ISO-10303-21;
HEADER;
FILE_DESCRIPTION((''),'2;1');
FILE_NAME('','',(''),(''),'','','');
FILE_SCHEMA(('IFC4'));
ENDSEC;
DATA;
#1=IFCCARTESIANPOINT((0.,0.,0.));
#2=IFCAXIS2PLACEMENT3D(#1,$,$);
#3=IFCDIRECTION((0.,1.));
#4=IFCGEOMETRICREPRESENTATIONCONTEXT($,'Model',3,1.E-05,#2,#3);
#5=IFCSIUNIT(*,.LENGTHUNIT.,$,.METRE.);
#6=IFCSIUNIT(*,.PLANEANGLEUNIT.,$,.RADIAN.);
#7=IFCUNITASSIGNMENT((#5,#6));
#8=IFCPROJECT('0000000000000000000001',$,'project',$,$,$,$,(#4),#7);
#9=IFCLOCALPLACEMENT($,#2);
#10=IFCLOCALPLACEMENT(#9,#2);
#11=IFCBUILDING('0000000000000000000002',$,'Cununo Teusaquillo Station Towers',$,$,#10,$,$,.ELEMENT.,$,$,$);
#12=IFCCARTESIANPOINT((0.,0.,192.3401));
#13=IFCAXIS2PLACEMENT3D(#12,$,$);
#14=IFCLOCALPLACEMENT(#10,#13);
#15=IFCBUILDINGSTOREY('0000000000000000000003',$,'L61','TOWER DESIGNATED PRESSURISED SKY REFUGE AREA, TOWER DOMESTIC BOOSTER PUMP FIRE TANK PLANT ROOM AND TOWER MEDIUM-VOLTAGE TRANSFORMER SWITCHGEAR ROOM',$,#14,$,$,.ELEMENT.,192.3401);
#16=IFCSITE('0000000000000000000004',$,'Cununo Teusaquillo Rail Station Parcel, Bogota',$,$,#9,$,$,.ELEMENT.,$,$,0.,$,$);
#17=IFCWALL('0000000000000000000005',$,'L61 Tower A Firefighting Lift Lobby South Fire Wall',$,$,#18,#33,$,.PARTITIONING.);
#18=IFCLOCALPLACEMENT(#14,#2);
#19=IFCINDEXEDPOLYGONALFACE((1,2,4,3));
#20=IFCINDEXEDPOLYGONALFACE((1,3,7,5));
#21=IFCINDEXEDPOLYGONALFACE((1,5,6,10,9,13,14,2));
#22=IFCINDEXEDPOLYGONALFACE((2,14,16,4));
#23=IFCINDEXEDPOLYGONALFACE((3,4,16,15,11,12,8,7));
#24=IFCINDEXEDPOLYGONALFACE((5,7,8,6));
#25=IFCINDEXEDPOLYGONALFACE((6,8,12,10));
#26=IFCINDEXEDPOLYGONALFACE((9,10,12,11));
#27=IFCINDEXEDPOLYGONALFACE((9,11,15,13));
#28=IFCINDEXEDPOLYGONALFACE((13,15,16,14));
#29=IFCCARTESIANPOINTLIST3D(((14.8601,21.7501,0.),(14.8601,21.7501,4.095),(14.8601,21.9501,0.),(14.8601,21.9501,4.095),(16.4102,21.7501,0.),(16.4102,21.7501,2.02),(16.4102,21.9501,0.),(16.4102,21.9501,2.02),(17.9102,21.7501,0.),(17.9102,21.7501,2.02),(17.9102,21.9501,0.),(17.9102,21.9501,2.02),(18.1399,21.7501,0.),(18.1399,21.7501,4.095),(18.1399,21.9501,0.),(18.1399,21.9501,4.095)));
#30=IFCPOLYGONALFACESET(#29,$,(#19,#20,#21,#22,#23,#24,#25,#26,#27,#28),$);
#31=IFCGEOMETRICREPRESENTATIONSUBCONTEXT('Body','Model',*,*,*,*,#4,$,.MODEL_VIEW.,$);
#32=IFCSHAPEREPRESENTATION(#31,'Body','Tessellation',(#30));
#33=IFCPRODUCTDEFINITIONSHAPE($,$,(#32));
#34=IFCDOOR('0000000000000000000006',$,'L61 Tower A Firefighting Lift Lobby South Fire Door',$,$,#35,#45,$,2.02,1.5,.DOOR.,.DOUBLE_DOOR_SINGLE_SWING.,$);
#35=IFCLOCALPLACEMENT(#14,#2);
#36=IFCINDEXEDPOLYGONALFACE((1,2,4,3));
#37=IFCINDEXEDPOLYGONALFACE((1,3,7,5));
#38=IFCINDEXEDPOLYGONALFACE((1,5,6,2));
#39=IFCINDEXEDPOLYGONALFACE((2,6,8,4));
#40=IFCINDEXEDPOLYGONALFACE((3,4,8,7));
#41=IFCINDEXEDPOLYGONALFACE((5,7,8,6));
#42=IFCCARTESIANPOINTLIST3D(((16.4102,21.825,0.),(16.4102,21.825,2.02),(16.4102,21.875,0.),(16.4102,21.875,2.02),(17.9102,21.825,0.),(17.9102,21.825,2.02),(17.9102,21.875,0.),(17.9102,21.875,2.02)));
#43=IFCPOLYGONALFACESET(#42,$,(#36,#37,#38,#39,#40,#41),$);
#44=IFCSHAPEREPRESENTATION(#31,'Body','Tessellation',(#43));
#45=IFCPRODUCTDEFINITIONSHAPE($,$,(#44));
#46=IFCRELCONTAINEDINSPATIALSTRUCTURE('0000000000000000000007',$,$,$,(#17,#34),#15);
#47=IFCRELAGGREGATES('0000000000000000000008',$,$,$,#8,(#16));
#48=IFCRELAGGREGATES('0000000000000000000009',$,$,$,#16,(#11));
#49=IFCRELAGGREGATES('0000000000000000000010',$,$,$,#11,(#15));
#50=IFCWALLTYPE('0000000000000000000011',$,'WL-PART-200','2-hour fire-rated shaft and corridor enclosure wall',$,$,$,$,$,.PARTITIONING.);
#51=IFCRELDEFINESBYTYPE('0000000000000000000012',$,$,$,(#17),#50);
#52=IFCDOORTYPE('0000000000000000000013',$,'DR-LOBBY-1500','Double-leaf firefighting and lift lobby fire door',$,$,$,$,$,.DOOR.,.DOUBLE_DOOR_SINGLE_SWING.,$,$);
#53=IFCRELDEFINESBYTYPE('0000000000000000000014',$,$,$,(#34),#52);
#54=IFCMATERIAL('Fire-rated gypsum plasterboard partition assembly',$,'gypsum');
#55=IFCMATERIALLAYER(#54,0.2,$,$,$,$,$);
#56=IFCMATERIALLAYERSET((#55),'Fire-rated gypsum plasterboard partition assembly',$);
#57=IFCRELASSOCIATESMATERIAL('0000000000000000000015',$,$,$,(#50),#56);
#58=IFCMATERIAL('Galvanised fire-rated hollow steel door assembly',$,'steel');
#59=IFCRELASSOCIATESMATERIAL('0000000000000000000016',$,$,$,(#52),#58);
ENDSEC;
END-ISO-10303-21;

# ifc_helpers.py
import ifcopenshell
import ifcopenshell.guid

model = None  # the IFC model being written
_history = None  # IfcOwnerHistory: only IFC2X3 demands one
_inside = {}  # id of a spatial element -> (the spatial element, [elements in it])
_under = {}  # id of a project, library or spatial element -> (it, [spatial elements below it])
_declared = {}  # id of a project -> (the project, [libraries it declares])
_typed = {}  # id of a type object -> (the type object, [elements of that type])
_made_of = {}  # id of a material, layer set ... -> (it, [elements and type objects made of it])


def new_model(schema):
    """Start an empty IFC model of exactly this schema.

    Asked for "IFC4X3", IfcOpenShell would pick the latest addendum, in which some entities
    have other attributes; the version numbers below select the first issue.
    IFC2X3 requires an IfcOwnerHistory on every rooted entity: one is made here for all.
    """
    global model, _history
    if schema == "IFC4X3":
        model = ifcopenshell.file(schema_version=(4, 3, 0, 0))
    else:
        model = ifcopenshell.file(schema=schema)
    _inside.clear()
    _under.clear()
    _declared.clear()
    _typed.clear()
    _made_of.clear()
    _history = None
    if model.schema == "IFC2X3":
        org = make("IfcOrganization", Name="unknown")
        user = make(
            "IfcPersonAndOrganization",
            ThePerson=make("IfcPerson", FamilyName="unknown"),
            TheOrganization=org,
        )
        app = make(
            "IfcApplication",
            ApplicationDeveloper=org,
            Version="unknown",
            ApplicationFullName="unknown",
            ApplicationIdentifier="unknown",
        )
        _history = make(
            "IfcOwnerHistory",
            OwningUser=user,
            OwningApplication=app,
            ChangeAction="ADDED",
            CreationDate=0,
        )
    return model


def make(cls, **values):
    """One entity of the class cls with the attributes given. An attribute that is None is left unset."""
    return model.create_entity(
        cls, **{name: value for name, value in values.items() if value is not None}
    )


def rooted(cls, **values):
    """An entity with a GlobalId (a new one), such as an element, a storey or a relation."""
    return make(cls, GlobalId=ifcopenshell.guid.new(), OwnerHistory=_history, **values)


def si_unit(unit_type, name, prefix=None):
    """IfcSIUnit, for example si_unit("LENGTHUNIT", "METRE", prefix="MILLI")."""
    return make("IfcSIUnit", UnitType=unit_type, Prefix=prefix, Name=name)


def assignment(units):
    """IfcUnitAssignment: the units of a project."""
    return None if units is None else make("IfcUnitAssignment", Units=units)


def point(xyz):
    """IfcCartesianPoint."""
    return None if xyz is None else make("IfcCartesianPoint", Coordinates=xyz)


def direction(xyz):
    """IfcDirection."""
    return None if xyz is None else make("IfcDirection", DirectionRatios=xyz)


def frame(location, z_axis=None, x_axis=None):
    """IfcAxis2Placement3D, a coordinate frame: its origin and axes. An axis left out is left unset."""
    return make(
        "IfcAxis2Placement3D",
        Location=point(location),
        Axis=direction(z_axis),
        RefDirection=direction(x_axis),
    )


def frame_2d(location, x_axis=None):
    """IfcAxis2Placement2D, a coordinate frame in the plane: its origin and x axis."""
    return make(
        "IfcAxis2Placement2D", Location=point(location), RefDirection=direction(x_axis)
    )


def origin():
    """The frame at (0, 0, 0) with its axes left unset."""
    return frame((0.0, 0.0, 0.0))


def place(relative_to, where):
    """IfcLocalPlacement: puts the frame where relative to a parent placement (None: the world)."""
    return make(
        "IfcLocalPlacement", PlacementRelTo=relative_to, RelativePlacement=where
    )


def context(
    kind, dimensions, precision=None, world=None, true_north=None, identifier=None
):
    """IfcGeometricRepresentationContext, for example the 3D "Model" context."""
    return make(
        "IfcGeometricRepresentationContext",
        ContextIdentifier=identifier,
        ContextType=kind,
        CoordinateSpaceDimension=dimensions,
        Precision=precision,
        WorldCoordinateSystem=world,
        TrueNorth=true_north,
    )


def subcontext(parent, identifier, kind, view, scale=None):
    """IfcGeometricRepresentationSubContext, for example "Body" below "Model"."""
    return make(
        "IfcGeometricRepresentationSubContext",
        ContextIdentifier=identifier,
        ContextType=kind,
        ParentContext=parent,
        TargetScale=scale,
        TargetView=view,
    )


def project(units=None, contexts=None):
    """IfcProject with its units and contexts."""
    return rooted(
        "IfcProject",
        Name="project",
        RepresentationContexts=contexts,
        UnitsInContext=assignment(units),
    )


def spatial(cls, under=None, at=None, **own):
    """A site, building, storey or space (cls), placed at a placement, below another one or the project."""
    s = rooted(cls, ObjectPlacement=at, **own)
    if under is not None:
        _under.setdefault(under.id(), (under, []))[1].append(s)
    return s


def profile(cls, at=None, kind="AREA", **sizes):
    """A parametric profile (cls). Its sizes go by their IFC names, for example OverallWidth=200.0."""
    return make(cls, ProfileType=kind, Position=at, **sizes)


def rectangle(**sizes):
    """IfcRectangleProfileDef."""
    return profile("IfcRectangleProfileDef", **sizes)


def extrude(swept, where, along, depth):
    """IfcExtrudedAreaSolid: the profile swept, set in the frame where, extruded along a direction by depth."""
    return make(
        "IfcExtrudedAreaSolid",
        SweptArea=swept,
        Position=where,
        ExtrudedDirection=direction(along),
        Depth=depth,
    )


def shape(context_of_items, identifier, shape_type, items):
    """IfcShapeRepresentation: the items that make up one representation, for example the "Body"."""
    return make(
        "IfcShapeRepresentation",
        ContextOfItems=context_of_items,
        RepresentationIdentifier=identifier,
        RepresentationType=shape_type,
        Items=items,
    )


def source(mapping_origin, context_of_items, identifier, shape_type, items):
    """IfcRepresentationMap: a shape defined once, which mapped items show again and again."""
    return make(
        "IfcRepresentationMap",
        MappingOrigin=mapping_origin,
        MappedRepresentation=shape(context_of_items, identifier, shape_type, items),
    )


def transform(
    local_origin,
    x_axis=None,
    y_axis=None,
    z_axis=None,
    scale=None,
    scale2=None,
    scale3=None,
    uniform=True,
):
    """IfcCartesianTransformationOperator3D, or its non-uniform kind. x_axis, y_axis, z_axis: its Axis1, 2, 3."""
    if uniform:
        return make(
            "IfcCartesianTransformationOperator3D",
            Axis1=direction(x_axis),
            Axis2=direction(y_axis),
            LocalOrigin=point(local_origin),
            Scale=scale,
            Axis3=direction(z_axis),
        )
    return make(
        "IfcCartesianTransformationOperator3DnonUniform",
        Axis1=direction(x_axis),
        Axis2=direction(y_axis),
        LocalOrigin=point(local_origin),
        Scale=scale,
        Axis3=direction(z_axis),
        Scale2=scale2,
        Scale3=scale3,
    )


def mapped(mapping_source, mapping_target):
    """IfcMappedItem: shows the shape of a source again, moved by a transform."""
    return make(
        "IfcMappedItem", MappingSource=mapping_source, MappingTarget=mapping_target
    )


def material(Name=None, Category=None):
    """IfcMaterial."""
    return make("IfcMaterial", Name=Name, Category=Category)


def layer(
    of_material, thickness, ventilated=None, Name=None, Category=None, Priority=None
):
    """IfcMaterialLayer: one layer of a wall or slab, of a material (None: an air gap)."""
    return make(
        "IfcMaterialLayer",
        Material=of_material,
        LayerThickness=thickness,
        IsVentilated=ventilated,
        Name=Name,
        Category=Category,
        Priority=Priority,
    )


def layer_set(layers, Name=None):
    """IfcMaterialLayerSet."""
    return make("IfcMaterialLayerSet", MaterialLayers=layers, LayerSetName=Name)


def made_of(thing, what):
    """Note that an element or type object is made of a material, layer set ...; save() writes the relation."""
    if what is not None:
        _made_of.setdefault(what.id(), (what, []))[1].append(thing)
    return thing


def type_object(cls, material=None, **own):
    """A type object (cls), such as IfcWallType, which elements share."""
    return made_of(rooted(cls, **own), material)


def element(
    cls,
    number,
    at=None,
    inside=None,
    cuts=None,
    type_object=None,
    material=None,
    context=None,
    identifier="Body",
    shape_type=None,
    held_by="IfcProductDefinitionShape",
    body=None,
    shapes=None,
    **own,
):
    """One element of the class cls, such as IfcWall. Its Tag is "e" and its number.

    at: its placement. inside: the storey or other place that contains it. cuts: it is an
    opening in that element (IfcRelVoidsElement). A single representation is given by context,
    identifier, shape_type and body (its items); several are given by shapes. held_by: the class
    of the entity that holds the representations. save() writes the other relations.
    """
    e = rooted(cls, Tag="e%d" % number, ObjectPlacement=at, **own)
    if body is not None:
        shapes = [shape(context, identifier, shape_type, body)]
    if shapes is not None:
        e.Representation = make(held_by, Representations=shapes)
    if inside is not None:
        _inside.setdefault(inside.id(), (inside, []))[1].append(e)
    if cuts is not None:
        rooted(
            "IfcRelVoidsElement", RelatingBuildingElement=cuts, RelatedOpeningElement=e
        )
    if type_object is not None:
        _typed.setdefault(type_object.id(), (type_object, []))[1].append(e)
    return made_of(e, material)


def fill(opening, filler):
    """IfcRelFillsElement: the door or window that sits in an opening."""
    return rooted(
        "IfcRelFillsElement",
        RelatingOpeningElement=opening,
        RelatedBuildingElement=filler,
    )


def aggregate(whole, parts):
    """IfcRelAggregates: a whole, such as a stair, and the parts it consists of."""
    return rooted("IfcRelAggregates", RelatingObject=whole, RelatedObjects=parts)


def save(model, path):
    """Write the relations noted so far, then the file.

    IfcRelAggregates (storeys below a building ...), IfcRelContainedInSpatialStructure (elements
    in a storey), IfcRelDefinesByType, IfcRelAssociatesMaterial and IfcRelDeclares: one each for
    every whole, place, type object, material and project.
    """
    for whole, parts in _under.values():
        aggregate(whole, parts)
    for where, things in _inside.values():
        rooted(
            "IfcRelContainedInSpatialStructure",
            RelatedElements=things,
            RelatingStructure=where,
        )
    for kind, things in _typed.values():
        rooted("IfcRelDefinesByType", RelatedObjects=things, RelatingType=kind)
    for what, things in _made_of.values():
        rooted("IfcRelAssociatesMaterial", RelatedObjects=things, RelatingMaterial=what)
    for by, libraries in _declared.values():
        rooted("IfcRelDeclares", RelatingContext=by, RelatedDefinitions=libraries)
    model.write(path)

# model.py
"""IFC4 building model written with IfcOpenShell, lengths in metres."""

from ifc_helpers import new_model, si_unit, direction, frame, frame_2d, origin, place, context, subcontext, project, spatial, rectangle, extrude, source, transform, mapped, material, layer, layer_set, type_object, element, fill, save


model = new_model("IFC4")

# Units and contexts
model_context = context("Model", 3, precision=1e-05, world=origin(), true_north=direction((0.0, 1.0)))
body_context = subcontext(model_context, "Body", "Model", "MODEL_VIEW")
ifc_project = project(units=[si_unit("LENGTHUNIT", "METRE"), si_unit("PLANEANGLEUNIT", "RADIAN")], contexts=[model_context])

# Site, building, storey
site_placement = place(None, origin())
site = spatial("IfcSite", under=ifc_project, at=site_placement, Name="Cununo Teusaquillo Rail Station Parcel, Bogota", CompositionType="ELEMENT", RefElevation=0.0)
building_placement = place(site_placement, origin())
building = spatial("IfcBuilding", under=site, at=building_placement, Name="Cununo Teusaquillo Station Towers", CompositionType="ELEMENT")
storey_placement = place(building_placement, frame((0.0, 0.0, 192.3401)))
storey = spatial("IfcBuildingStorey", under=building, at=storey_placement, Name="L61", Description="TOWER DESIGNATED PRESSURISED SKY REFUGE AREA, TOWER DOMESTIC BOOSTER PUMP FIRE TANK PLANT ROOM AND TOWER MEDIUM-VOLTAGE TRANSFORMER SWITCHGEAR ROOM", CompositionType="ELEMENT", Elevation=192.3401)

# Wall, opening, door
ifc_material_1 = material(Name="Fire-rated gypsum plasterboard partition assembly", Category="gypsum")
ifc_layer_1 = layer(ifc_material_1, 0.2)
ifc_layer_set_1 = layer_set([ifc_layer_1], Name="Fire-rated gypsum plasterboard partition assembly")
wall_type_1 = type_object("IfcWallType", Name="WL-PART-200", Description="2-hour fire-rated shaft and corridor enclosure wall", PredefinedType="PARTITIONING", material=ifc_layer_set_1)
wall_1_placement = place(storey_placement, frame((14.8601, 21.8501, 0.0), z_axis=(0.0, 0.0, 1.0), x_axis=(1.0, 0.0, 0.0)))
wall_1 = element("IfcWall", 1, at=wall_1_placement, inside=storey, type_object=wall_type_1, Name="L61 Tower A Firefighting Lift Lobby South Fire Wall", PredefinedType="PARTITIONING", context=body_context, shape_type="SweptSolid", body=[
    extrude(rectangle(XDim=3.2798, YDim=0.2, at=frame_2d((1.6399, 0.0))), origin(), (0.0, 0.0, 1.0), 4.095),
])
shared_shape_1 = source(origin(), body_context, "Body", "SweptSolid", [
    extrude(rectangle(XDim=1.5, YDim=2.02, at=frame_2d((0.75, 1.01))), frame((0.0, 0.1099, 0.0), z_axis=(0.0, -1.0, 0.0), x_axis=(1.0, 0.0, 0.0)), (0.0, 0.0, 1.0), 0.22),
])
opening_1_placement = place(wall_1_placement, frame((1.55, 0.0, 0.0)))
opening_1 = element("IfcOpeningElement", 2, at=opening_1_placement, cuts=wall_1, PredefinedType="OPENING", context=body_context, shape_type="MappedRepresentation", body=[
    mapped(shared_shape_1, transform((0.0, 0.0, 0.0), x_axis=(1.0, 0.0, 0.0), y_axis=(0.0, 1.0, 0.0), z_axis=(0.0, 0.0, 1.0), scale=1.0)),
])
ifc_material_2 = material(Name="Galvanised fire-rated hollow steel door assembly", Category="steel")
door_type_1 = type_object("IfcDoorType", Name="DR-LOBBY-1500", Description="Double-leaf firefighting and lift lobby fire door", OperationType="DOUBLE_DOOR_SINGLE_SWING", PredefinedType="DOOR", material=ifc_material_2)
shared_shape_2 = source(origin(), body_context, "Body", "SweptSolid", [
    extrude(rectangle(XDim=1.5, YDim=2.02, at=frame_2d((0.75, 1.01))), frame((0.0, 0.0249, 0.0), z_axis=(0.0, -1.0, 0.0), x_axis=(1.0, 0.0, 0.0)), (0.0, 0.0, 1.0), 0.05),
])
door_1_placement = place(opening_1_placement, origin())
door_1 = element("IfcDoor", 3, at=door_1_placement, inside=storey, type_object=door_type_1, Name="L61 Tower A Firefighting Lift Lobby South Fire Door", OperationType="DOUBLE_DOOR_SINGLE_SWING", OverallHeight=2.02, OverallWidth=1.5, PredefinedType="DOOR", context=body_context, shape_type="MappedRepresentation", body=[
    mapped(shared_shape_2, transform((0.0, 0.0, 0.0), x_axis=(1.0, 0.0, 0.0), y_axis=(0.0, 1.0, 0.0), z_axis=(0.0, 0.0, 1.0), scale=1.0)),
])
fill(opening_1, door_1)

save(model, "model.ifc")
